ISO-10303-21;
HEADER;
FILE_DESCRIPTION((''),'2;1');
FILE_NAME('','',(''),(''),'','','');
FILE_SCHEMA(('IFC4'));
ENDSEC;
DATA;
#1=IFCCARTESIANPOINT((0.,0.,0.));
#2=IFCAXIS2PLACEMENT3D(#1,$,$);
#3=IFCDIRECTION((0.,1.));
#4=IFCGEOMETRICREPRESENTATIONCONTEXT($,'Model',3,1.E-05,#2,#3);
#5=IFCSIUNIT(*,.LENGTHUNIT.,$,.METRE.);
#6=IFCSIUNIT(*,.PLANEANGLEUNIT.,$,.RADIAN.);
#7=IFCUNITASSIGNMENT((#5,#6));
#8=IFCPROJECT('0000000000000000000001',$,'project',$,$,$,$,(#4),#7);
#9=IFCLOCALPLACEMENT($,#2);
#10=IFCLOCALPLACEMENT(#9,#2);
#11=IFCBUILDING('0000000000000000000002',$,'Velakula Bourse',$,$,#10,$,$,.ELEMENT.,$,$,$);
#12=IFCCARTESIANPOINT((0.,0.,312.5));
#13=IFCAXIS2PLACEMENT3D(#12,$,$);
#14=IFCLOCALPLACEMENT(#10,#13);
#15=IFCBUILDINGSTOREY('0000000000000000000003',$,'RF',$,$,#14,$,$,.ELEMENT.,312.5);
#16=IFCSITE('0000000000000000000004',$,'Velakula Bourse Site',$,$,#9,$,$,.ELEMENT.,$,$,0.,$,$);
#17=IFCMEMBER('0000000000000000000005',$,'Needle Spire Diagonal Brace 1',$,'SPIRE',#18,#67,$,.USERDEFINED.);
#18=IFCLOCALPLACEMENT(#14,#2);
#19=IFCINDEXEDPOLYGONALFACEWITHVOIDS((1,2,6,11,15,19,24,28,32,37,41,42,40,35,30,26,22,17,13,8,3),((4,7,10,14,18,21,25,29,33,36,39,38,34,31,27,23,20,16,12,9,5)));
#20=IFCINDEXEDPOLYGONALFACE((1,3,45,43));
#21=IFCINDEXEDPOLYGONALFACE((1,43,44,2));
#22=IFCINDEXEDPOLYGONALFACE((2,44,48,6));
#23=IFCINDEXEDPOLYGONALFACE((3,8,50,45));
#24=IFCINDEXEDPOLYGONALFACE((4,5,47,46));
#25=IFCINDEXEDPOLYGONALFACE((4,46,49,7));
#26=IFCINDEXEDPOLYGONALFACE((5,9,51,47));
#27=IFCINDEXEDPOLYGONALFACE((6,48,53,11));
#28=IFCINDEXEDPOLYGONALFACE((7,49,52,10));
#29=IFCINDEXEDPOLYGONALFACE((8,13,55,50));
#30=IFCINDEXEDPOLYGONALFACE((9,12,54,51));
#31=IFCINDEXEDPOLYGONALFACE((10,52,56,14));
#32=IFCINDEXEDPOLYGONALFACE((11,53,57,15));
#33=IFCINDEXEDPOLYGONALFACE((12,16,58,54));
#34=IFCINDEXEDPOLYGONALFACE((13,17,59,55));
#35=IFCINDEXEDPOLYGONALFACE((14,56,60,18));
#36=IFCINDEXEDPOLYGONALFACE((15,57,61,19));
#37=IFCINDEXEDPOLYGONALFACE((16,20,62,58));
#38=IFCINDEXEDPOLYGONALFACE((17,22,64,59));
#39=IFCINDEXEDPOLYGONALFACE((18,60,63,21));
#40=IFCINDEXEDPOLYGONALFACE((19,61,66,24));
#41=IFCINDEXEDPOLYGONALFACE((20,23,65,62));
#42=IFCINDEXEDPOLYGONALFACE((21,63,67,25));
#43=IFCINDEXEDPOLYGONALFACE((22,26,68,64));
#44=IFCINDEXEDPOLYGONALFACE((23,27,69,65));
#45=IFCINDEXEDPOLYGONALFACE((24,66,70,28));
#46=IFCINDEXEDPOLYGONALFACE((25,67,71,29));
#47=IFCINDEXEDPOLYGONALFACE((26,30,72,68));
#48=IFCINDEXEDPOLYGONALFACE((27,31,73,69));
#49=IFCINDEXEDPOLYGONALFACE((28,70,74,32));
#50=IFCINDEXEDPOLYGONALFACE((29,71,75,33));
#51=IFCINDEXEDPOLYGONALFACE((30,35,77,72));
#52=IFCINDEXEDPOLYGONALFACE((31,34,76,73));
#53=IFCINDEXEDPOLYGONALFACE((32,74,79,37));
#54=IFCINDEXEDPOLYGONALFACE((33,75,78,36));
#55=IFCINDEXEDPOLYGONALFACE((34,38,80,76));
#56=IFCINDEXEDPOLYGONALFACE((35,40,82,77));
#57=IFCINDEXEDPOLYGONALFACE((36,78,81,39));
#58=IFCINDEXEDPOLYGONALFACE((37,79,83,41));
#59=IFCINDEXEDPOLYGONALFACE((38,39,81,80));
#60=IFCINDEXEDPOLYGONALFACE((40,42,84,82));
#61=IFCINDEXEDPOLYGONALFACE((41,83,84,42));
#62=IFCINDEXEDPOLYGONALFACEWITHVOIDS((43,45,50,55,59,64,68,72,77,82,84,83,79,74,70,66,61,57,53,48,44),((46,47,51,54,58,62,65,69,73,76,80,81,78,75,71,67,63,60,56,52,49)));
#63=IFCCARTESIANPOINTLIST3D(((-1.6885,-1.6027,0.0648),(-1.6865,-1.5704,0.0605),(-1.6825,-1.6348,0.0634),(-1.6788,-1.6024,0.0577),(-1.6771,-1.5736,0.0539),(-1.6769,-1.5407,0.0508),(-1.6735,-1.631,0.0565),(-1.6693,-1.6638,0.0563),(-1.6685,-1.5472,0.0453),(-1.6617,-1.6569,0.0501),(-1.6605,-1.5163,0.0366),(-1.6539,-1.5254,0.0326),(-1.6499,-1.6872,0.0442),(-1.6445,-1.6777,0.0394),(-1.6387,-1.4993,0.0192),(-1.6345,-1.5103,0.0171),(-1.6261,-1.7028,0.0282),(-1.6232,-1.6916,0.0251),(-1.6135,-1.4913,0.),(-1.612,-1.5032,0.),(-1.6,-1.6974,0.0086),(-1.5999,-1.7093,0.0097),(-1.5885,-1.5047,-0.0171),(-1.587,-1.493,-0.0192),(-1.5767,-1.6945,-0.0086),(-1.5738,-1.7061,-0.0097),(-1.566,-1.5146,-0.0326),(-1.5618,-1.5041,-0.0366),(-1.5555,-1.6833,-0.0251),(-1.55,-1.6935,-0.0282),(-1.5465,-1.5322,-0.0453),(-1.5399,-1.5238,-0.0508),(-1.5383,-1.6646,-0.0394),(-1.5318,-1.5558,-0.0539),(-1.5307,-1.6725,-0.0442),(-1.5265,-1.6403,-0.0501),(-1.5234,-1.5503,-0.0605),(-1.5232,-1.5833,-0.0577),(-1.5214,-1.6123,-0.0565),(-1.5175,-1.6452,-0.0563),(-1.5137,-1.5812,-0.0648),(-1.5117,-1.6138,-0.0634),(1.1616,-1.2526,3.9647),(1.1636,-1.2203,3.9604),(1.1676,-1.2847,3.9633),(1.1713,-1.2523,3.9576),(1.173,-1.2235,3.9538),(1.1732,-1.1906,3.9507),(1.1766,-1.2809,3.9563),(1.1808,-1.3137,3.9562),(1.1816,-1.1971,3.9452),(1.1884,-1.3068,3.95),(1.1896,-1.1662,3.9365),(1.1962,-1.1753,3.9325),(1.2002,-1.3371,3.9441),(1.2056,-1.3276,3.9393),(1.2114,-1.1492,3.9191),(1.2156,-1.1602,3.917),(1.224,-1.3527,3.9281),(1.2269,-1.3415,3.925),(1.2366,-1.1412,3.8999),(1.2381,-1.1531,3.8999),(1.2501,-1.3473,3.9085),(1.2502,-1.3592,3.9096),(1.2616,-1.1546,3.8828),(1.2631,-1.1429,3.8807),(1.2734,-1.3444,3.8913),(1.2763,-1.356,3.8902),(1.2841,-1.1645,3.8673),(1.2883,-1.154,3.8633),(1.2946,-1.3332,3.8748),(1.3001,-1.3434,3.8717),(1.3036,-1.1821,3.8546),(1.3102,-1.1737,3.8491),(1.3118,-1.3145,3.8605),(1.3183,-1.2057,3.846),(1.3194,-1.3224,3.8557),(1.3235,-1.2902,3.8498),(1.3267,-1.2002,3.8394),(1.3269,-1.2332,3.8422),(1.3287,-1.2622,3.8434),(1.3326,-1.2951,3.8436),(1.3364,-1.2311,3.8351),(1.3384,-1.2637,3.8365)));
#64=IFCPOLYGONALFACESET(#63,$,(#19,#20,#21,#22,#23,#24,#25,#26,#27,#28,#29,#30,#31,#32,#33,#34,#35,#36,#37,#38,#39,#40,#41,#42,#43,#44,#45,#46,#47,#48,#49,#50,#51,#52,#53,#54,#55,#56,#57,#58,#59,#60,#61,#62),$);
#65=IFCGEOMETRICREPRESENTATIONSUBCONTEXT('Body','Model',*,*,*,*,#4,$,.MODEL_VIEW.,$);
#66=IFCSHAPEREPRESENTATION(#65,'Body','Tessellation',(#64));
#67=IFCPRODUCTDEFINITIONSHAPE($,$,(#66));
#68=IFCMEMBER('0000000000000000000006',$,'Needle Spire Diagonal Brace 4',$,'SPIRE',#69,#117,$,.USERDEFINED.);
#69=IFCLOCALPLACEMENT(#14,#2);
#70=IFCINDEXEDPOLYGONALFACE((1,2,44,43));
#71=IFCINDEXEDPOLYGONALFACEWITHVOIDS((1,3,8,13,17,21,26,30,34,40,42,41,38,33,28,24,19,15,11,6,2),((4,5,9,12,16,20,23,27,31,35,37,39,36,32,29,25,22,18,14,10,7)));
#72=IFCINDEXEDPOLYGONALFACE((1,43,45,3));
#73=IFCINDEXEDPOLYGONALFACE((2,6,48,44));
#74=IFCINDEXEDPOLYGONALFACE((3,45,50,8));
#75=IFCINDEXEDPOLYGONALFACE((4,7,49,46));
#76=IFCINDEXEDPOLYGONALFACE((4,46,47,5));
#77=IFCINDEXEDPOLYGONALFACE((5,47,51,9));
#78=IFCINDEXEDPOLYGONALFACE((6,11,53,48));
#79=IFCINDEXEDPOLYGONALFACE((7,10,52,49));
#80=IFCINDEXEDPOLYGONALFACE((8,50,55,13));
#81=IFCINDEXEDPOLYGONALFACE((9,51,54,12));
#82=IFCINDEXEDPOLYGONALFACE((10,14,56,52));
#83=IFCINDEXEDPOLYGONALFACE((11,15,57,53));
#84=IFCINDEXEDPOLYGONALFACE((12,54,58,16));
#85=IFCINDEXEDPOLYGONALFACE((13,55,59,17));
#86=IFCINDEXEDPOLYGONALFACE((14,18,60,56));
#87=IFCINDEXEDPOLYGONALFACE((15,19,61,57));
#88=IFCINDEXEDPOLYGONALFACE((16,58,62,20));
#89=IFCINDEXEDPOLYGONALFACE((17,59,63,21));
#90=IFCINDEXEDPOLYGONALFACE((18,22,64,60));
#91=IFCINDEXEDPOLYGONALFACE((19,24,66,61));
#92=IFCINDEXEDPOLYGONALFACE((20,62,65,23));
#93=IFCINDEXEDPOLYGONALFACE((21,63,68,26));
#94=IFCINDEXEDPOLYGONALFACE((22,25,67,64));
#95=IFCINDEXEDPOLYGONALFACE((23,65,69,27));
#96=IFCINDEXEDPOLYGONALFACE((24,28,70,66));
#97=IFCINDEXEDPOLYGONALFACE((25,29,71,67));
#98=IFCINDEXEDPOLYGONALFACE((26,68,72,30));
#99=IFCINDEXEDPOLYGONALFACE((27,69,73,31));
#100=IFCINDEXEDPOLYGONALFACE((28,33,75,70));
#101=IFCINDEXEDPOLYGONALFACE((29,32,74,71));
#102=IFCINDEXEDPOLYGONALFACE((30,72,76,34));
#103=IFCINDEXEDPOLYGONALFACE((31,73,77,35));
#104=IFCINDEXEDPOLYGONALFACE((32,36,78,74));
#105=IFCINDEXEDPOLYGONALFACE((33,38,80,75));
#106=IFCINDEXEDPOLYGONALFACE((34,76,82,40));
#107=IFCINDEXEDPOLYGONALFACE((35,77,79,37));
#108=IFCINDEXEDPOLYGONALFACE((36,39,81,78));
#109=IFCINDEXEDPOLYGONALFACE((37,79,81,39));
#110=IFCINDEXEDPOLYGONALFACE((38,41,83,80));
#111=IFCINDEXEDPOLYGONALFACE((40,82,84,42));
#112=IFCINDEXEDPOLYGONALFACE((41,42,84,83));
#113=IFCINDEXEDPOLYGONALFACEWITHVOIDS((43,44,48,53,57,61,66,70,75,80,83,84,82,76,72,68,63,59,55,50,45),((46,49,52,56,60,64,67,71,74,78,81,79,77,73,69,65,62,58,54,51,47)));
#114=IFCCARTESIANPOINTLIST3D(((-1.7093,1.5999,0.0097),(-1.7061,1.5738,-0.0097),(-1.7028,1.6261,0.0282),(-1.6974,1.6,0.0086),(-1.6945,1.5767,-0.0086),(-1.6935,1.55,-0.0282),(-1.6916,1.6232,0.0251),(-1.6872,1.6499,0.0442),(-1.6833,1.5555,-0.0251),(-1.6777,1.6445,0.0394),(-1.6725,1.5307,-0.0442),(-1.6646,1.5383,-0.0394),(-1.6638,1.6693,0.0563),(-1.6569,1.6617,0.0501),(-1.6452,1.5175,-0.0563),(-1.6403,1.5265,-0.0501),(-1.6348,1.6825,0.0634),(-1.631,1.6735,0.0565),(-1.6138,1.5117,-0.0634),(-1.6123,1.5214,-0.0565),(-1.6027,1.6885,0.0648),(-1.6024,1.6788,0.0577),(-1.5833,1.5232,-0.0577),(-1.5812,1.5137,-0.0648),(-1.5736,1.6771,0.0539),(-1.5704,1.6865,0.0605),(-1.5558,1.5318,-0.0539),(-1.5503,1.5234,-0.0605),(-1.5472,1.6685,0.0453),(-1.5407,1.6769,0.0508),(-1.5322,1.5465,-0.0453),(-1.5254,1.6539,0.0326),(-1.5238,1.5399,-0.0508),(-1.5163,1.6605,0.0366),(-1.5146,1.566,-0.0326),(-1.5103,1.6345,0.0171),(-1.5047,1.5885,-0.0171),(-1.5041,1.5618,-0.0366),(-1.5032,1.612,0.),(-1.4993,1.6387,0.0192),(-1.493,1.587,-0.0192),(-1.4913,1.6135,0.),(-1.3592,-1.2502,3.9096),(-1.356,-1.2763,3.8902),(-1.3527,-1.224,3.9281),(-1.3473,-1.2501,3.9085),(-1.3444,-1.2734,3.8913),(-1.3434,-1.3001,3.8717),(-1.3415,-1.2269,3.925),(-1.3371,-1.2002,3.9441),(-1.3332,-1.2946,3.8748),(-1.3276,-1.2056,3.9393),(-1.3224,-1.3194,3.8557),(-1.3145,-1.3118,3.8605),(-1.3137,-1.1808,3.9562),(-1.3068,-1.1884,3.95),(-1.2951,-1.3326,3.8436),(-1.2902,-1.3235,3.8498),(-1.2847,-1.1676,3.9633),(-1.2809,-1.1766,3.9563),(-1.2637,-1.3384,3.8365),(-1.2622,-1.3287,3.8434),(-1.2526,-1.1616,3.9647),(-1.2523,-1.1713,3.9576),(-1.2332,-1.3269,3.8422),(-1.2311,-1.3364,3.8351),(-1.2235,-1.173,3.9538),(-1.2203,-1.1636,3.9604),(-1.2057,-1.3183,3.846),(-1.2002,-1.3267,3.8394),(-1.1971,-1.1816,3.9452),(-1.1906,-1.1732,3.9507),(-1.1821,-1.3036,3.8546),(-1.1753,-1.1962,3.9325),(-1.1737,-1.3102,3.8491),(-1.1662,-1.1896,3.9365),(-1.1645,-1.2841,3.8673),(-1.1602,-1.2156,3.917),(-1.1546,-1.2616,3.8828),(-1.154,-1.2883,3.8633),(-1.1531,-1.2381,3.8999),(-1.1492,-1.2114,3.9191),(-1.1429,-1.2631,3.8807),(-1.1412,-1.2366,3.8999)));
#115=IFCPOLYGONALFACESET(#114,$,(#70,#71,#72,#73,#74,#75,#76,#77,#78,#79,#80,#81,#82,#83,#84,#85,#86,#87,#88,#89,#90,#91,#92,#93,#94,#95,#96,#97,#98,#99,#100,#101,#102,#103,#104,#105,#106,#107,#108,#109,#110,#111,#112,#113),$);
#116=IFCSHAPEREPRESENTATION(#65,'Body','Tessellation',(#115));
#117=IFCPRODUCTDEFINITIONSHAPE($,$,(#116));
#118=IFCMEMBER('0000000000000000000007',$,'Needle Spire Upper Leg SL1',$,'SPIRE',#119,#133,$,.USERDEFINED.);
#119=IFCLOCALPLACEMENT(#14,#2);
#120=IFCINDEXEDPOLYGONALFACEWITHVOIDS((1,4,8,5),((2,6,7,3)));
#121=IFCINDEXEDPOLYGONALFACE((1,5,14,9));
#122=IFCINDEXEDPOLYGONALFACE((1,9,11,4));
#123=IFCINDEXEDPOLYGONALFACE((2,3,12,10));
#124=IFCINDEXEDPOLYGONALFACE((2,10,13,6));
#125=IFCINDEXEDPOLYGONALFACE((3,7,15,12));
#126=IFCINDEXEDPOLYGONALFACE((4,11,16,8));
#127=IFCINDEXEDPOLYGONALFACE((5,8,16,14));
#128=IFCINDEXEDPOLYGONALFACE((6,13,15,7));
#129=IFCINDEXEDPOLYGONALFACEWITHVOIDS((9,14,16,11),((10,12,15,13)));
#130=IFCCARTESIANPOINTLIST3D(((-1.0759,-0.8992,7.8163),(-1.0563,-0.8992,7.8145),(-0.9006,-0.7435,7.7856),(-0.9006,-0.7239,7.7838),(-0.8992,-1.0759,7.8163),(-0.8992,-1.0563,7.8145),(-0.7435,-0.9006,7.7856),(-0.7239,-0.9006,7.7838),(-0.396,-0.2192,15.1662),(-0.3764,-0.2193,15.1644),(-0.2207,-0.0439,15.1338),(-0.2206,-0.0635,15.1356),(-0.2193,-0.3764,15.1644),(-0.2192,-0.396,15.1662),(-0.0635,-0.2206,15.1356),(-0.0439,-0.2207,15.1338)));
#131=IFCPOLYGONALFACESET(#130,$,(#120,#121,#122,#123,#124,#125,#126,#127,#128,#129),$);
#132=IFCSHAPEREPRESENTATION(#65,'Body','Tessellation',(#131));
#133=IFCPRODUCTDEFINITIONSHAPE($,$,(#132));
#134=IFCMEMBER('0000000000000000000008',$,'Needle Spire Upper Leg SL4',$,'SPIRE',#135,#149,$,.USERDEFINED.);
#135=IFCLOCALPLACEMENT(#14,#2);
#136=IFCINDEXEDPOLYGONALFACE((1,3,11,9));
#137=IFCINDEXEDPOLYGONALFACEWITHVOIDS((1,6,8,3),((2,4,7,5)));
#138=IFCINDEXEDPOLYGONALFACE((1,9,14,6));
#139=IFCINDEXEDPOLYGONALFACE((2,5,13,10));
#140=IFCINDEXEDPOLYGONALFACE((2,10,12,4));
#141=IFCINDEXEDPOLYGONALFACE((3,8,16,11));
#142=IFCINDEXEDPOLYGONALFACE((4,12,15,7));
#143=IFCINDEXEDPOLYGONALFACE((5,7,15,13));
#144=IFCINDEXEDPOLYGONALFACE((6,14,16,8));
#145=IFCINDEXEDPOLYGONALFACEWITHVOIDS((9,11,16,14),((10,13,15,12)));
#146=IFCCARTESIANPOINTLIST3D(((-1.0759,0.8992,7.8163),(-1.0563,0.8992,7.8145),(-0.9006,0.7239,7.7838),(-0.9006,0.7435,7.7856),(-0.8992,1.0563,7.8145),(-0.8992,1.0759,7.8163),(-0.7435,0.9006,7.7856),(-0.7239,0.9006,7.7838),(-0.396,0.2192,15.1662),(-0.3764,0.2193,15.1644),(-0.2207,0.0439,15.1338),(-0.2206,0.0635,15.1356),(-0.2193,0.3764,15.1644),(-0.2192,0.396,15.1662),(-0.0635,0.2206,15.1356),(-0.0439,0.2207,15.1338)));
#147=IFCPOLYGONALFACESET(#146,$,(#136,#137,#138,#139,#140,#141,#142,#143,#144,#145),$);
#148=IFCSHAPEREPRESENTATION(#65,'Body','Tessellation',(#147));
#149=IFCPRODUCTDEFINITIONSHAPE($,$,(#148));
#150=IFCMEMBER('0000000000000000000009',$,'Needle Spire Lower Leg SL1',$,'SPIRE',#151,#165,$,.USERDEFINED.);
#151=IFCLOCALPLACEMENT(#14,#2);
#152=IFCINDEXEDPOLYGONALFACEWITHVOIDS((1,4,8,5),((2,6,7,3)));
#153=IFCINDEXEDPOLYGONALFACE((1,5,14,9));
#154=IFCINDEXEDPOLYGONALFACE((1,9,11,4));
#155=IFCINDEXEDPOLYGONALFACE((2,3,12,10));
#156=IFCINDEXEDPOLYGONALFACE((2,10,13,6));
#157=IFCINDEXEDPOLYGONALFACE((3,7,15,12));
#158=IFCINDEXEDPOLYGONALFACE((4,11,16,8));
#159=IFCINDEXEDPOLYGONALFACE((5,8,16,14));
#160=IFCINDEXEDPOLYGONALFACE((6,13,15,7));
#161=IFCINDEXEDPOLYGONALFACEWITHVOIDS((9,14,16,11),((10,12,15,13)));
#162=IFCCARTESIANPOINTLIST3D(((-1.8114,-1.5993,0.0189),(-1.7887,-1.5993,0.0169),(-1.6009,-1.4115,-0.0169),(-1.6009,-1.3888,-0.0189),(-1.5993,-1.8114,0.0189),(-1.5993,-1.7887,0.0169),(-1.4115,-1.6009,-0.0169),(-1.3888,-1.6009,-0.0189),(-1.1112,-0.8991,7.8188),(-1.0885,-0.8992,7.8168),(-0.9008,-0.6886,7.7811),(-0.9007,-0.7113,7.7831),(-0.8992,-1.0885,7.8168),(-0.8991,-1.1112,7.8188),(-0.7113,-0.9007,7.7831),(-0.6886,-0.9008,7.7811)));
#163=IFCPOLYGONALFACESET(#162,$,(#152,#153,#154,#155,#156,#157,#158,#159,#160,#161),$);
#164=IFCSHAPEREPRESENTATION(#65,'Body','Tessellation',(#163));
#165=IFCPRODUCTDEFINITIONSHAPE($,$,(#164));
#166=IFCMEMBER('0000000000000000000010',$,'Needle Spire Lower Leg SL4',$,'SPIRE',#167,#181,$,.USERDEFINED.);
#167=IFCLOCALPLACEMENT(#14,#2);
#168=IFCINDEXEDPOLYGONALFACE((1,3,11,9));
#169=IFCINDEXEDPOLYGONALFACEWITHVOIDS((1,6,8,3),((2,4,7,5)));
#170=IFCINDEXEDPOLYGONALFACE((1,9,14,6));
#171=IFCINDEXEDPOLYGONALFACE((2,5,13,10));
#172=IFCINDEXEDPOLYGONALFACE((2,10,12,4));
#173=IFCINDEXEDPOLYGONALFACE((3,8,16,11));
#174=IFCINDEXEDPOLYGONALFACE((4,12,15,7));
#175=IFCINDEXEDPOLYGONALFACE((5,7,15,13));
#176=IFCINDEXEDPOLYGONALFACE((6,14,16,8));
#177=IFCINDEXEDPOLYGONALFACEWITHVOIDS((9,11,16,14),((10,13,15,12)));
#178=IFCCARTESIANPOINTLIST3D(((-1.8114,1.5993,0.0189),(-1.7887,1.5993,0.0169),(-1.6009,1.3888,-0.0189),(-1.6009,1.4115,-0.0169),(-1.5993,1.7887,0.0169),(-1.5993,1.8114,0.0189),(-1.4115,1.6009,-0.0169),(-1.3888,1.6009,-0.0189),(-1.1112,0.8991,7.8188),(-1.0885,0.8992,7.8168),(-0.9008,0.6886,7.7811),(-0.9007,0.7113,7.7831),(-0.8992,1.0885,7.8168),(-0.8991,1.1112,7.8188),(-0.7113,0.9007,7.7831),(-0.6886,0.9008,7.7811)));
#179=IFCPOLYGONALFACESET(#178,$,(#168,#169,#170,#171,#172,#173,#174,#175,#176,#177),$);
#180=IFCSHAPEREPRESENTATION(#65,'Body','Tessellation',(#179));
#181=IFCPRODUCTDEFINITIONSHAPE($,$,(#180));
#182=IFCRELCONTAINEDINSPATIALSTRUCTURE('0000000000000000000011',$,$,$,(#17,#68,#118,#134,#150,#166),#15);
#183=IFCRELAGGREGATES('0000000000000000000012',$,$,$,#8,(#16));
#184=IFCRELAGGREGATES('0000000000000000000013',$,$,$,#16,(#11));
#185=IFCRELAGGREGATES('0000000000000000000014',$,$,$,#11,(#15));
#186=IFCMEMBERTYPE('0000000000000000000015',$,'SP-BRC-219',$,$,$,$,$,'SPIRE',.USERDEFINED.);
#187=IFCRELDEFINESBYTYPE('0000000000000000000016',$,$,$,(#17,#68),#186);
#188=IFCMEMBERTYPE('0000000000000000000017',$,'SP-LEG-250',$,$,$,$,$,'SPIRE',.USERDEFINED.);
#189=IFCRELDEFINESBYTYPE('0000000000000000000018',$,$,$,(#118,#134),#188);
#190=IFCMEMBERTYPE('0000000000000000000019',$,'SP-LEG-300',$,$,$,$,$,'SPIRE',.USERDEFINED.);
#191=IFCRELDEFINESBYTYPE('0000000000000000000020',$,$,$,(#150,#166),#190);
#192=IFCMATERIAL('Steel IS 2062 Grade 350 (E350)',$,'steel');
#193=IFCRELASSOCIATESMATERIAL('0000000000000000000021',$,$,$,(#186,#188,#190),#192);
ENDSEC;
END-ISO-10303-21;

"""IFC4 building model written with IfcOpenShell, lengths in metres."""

from ifc_helpers import new_model, si_unit, direction, frame, origin, origin_2d, place, context, subcontext, project, spatial, hollow_rectangle, hollow_circle, extrude, material, material_profile, profile_set, type_object, element, save


model = new_model("IFC4")

# Units and contexts
model_context = context("Model", 3, precision=1e-05, world=origin(), true_north=direction((0.0, 1.0)))
body_context = subcontext(model_context, "Body", "Model", "MODEL_VIEW")
ifc_project = project(units=[si_unit("LENGTHUNIT", "METRE"), si_unit("PLANEANGLEUNIT", "RADIAN")], contexts=[model_context])

# Site, building, storey
site_placement = place(None, origin())
site = spatial("IfcSite", under=ifc_project, at=site_placement, Name="Velakula Bourse Site", CompositionType="ELEMENT", RefElevation=0.0)
building_placement = place(site_placement, origin())
building = spatial("IfcBuilding", under=site, at=building_placement, Name="Velakula Bourse", CompositionType="ELEMENT")
storey_placement = place(building_placement, frame((0.0, 0.0, 312.5)))
storey = spatial("IfcBuildingStorey", under=building, at=storey_placement, Name="RF", CompositionType="ELEMENT", Elevation=312.5)

# Shared definitions
ifc_material_1 = material(Name="Steel IS 2062 Grade 350 (E350)", Category="steel")

# Members
ifc_material_profile_1 = material_profile(ifc_material_1, hollow_circle(Radius=0.1096, WallThickness=0.012, at=origin_2d()), Name="Steel IS 2062 Grade 350 (E350)")
ifc_profile_set_1 = profile_set([ifc_material_profile_1], Name="Steel IS 2062 Grade 350 (E350)")
member_type_1 = type_object("IfcMemberType", Name="SP-BRC-219", ElementType="SPIRE", PredefinedType="USERDEFINED", material=ifc_profile_set_1)
for number, where, z_axis, x_axis, name in (
    (1, (-1.6001, -1.6001, 0.0), (0.588496, 0.072289, 0.805262), (-0.121921, 0.99254, 0.0), "Needle Spire Diagonal Brace 1"),
    (2, (-1.6001, 1.6001, 0.0), (0.072289, -0.588496, 0.805262), (0.99254, 0.121921, 0.0), "Needle Spire Diagonal Brace 4"),
):
    element("IfcMember", number, at=place(storey_placement, frame(where, z_axis=z_axis, x_axis=x_axis)), inside=storey, type_object=member_type_1, Name=name, ObjectType="SPIRE", PredefinedType="USERDEFINED", context=body_context, shape_type="SweptSolid", body=[
        extrude(hollow_circle(Radius=0.1096, WallThickness=0.012, at=origin_2d()), origin(), (0.0, 0.0, 1.0), 4.843),
    ])
ifc_material_profile_2 = material_profile(ifc_material_1, hollow_rectangle(XDim=0.25, YDim=0.25, WallThickness=0.0139, at=origin_2d()), Name="Steel IS 2062 Grade 350 (E350)")
ifc_profile_set_2 = profile_set([ifc_material_profile_2], Name="Steel IS 2062 Grade 350 (E350)")
member_type_2 = type_object("IfcMemberType", Name="SP-LEG-250", ElementType="SPIRE", PredefinedType="USERDEFINED", material=ifc_profile_set_2)
for number, where, z_axis, x_axis, name in (
    (3, (-0.8999, -0.8999, 7.8), (0.091728, 0.091728, 0.99155), (-0.707107, 0.707107, 0.0), "Needle Spire Upper Leg SL1"),
    (4, (-0.8999, 0.8999, 7.8), (0.091728, -0.091728, 0.99155), (0.707107, 0.707107, 0.0), "Needle Spire Upper Leg SL4"),
):
    element("IfcMember", number, at=place(storey_placement, frame(where, z_axis=z_axis, x_axis=x_axis)), inside=storey, type_object=member_type_2, Name=name, ObjectType="SPIRE", PredefinedType="USERDEFINED", context=body_context, shape_type="SweptSolid", body=[
        extrude(hollow_rectangle(XDim=0.25, YDim=0.25, WallThickness=0.0139, at=origin_2d()), origin(), (0.0, 0.0, 1.0), 7.4126),
    ])
ifc_material_profile_3 = material_profile(ifc_material_1, hollow_rectangle(XDim=0.3, YDim=0.3, WallThickness=0.0161, at=origin_2d()), Name="Steel IS 2062 Grade 350 (E350)")
ifc_profile_set_3 = profile_set([ifc_material_profile_3], Name="Steel IS 2062 Grade 350 (E350)")
member_type_3 = type_object("IfcMemberType", Name="SP-LEG-300", ElementType="SPIRE", PredefinedType="USERDEFINED", material=ifc_profile_set_3)
for number, where, z_axis, x_axis, name in (
    (5, (-1.6001, -1.6001, 0.0), (0.089053, 0.089053, 0.992038), (-0.707107, 0.707107, 0.0), "Needle Spire Lower Leg SL1"),
    (6, (-1.6001, 1.6001, 0.0), (0.089053, -0.089053, 0.992038), (0.707107, 0.707107, 0.0), "Needle Spire Lower Leg SL4"),
):
    element("IfcMember", number, at=place(storey_placement, frame(where, z_axis=z_axis, x_axis=x_axis)), inside=storey, type_object=member_type_3, Name=name, ObjectType="SPIRE", PredefinedType="USERDEFINED", context=body_context, shape_type="SweptSolid", body=[
        extrude(hollow_rectangle(XDim=0.3, YDim=0.3, WallThickness=0.0161, at=origin_2d()), origin(), (0.0, 0.0, 1.0), 7.8625),
    ])

save(model, "model.ifc")
